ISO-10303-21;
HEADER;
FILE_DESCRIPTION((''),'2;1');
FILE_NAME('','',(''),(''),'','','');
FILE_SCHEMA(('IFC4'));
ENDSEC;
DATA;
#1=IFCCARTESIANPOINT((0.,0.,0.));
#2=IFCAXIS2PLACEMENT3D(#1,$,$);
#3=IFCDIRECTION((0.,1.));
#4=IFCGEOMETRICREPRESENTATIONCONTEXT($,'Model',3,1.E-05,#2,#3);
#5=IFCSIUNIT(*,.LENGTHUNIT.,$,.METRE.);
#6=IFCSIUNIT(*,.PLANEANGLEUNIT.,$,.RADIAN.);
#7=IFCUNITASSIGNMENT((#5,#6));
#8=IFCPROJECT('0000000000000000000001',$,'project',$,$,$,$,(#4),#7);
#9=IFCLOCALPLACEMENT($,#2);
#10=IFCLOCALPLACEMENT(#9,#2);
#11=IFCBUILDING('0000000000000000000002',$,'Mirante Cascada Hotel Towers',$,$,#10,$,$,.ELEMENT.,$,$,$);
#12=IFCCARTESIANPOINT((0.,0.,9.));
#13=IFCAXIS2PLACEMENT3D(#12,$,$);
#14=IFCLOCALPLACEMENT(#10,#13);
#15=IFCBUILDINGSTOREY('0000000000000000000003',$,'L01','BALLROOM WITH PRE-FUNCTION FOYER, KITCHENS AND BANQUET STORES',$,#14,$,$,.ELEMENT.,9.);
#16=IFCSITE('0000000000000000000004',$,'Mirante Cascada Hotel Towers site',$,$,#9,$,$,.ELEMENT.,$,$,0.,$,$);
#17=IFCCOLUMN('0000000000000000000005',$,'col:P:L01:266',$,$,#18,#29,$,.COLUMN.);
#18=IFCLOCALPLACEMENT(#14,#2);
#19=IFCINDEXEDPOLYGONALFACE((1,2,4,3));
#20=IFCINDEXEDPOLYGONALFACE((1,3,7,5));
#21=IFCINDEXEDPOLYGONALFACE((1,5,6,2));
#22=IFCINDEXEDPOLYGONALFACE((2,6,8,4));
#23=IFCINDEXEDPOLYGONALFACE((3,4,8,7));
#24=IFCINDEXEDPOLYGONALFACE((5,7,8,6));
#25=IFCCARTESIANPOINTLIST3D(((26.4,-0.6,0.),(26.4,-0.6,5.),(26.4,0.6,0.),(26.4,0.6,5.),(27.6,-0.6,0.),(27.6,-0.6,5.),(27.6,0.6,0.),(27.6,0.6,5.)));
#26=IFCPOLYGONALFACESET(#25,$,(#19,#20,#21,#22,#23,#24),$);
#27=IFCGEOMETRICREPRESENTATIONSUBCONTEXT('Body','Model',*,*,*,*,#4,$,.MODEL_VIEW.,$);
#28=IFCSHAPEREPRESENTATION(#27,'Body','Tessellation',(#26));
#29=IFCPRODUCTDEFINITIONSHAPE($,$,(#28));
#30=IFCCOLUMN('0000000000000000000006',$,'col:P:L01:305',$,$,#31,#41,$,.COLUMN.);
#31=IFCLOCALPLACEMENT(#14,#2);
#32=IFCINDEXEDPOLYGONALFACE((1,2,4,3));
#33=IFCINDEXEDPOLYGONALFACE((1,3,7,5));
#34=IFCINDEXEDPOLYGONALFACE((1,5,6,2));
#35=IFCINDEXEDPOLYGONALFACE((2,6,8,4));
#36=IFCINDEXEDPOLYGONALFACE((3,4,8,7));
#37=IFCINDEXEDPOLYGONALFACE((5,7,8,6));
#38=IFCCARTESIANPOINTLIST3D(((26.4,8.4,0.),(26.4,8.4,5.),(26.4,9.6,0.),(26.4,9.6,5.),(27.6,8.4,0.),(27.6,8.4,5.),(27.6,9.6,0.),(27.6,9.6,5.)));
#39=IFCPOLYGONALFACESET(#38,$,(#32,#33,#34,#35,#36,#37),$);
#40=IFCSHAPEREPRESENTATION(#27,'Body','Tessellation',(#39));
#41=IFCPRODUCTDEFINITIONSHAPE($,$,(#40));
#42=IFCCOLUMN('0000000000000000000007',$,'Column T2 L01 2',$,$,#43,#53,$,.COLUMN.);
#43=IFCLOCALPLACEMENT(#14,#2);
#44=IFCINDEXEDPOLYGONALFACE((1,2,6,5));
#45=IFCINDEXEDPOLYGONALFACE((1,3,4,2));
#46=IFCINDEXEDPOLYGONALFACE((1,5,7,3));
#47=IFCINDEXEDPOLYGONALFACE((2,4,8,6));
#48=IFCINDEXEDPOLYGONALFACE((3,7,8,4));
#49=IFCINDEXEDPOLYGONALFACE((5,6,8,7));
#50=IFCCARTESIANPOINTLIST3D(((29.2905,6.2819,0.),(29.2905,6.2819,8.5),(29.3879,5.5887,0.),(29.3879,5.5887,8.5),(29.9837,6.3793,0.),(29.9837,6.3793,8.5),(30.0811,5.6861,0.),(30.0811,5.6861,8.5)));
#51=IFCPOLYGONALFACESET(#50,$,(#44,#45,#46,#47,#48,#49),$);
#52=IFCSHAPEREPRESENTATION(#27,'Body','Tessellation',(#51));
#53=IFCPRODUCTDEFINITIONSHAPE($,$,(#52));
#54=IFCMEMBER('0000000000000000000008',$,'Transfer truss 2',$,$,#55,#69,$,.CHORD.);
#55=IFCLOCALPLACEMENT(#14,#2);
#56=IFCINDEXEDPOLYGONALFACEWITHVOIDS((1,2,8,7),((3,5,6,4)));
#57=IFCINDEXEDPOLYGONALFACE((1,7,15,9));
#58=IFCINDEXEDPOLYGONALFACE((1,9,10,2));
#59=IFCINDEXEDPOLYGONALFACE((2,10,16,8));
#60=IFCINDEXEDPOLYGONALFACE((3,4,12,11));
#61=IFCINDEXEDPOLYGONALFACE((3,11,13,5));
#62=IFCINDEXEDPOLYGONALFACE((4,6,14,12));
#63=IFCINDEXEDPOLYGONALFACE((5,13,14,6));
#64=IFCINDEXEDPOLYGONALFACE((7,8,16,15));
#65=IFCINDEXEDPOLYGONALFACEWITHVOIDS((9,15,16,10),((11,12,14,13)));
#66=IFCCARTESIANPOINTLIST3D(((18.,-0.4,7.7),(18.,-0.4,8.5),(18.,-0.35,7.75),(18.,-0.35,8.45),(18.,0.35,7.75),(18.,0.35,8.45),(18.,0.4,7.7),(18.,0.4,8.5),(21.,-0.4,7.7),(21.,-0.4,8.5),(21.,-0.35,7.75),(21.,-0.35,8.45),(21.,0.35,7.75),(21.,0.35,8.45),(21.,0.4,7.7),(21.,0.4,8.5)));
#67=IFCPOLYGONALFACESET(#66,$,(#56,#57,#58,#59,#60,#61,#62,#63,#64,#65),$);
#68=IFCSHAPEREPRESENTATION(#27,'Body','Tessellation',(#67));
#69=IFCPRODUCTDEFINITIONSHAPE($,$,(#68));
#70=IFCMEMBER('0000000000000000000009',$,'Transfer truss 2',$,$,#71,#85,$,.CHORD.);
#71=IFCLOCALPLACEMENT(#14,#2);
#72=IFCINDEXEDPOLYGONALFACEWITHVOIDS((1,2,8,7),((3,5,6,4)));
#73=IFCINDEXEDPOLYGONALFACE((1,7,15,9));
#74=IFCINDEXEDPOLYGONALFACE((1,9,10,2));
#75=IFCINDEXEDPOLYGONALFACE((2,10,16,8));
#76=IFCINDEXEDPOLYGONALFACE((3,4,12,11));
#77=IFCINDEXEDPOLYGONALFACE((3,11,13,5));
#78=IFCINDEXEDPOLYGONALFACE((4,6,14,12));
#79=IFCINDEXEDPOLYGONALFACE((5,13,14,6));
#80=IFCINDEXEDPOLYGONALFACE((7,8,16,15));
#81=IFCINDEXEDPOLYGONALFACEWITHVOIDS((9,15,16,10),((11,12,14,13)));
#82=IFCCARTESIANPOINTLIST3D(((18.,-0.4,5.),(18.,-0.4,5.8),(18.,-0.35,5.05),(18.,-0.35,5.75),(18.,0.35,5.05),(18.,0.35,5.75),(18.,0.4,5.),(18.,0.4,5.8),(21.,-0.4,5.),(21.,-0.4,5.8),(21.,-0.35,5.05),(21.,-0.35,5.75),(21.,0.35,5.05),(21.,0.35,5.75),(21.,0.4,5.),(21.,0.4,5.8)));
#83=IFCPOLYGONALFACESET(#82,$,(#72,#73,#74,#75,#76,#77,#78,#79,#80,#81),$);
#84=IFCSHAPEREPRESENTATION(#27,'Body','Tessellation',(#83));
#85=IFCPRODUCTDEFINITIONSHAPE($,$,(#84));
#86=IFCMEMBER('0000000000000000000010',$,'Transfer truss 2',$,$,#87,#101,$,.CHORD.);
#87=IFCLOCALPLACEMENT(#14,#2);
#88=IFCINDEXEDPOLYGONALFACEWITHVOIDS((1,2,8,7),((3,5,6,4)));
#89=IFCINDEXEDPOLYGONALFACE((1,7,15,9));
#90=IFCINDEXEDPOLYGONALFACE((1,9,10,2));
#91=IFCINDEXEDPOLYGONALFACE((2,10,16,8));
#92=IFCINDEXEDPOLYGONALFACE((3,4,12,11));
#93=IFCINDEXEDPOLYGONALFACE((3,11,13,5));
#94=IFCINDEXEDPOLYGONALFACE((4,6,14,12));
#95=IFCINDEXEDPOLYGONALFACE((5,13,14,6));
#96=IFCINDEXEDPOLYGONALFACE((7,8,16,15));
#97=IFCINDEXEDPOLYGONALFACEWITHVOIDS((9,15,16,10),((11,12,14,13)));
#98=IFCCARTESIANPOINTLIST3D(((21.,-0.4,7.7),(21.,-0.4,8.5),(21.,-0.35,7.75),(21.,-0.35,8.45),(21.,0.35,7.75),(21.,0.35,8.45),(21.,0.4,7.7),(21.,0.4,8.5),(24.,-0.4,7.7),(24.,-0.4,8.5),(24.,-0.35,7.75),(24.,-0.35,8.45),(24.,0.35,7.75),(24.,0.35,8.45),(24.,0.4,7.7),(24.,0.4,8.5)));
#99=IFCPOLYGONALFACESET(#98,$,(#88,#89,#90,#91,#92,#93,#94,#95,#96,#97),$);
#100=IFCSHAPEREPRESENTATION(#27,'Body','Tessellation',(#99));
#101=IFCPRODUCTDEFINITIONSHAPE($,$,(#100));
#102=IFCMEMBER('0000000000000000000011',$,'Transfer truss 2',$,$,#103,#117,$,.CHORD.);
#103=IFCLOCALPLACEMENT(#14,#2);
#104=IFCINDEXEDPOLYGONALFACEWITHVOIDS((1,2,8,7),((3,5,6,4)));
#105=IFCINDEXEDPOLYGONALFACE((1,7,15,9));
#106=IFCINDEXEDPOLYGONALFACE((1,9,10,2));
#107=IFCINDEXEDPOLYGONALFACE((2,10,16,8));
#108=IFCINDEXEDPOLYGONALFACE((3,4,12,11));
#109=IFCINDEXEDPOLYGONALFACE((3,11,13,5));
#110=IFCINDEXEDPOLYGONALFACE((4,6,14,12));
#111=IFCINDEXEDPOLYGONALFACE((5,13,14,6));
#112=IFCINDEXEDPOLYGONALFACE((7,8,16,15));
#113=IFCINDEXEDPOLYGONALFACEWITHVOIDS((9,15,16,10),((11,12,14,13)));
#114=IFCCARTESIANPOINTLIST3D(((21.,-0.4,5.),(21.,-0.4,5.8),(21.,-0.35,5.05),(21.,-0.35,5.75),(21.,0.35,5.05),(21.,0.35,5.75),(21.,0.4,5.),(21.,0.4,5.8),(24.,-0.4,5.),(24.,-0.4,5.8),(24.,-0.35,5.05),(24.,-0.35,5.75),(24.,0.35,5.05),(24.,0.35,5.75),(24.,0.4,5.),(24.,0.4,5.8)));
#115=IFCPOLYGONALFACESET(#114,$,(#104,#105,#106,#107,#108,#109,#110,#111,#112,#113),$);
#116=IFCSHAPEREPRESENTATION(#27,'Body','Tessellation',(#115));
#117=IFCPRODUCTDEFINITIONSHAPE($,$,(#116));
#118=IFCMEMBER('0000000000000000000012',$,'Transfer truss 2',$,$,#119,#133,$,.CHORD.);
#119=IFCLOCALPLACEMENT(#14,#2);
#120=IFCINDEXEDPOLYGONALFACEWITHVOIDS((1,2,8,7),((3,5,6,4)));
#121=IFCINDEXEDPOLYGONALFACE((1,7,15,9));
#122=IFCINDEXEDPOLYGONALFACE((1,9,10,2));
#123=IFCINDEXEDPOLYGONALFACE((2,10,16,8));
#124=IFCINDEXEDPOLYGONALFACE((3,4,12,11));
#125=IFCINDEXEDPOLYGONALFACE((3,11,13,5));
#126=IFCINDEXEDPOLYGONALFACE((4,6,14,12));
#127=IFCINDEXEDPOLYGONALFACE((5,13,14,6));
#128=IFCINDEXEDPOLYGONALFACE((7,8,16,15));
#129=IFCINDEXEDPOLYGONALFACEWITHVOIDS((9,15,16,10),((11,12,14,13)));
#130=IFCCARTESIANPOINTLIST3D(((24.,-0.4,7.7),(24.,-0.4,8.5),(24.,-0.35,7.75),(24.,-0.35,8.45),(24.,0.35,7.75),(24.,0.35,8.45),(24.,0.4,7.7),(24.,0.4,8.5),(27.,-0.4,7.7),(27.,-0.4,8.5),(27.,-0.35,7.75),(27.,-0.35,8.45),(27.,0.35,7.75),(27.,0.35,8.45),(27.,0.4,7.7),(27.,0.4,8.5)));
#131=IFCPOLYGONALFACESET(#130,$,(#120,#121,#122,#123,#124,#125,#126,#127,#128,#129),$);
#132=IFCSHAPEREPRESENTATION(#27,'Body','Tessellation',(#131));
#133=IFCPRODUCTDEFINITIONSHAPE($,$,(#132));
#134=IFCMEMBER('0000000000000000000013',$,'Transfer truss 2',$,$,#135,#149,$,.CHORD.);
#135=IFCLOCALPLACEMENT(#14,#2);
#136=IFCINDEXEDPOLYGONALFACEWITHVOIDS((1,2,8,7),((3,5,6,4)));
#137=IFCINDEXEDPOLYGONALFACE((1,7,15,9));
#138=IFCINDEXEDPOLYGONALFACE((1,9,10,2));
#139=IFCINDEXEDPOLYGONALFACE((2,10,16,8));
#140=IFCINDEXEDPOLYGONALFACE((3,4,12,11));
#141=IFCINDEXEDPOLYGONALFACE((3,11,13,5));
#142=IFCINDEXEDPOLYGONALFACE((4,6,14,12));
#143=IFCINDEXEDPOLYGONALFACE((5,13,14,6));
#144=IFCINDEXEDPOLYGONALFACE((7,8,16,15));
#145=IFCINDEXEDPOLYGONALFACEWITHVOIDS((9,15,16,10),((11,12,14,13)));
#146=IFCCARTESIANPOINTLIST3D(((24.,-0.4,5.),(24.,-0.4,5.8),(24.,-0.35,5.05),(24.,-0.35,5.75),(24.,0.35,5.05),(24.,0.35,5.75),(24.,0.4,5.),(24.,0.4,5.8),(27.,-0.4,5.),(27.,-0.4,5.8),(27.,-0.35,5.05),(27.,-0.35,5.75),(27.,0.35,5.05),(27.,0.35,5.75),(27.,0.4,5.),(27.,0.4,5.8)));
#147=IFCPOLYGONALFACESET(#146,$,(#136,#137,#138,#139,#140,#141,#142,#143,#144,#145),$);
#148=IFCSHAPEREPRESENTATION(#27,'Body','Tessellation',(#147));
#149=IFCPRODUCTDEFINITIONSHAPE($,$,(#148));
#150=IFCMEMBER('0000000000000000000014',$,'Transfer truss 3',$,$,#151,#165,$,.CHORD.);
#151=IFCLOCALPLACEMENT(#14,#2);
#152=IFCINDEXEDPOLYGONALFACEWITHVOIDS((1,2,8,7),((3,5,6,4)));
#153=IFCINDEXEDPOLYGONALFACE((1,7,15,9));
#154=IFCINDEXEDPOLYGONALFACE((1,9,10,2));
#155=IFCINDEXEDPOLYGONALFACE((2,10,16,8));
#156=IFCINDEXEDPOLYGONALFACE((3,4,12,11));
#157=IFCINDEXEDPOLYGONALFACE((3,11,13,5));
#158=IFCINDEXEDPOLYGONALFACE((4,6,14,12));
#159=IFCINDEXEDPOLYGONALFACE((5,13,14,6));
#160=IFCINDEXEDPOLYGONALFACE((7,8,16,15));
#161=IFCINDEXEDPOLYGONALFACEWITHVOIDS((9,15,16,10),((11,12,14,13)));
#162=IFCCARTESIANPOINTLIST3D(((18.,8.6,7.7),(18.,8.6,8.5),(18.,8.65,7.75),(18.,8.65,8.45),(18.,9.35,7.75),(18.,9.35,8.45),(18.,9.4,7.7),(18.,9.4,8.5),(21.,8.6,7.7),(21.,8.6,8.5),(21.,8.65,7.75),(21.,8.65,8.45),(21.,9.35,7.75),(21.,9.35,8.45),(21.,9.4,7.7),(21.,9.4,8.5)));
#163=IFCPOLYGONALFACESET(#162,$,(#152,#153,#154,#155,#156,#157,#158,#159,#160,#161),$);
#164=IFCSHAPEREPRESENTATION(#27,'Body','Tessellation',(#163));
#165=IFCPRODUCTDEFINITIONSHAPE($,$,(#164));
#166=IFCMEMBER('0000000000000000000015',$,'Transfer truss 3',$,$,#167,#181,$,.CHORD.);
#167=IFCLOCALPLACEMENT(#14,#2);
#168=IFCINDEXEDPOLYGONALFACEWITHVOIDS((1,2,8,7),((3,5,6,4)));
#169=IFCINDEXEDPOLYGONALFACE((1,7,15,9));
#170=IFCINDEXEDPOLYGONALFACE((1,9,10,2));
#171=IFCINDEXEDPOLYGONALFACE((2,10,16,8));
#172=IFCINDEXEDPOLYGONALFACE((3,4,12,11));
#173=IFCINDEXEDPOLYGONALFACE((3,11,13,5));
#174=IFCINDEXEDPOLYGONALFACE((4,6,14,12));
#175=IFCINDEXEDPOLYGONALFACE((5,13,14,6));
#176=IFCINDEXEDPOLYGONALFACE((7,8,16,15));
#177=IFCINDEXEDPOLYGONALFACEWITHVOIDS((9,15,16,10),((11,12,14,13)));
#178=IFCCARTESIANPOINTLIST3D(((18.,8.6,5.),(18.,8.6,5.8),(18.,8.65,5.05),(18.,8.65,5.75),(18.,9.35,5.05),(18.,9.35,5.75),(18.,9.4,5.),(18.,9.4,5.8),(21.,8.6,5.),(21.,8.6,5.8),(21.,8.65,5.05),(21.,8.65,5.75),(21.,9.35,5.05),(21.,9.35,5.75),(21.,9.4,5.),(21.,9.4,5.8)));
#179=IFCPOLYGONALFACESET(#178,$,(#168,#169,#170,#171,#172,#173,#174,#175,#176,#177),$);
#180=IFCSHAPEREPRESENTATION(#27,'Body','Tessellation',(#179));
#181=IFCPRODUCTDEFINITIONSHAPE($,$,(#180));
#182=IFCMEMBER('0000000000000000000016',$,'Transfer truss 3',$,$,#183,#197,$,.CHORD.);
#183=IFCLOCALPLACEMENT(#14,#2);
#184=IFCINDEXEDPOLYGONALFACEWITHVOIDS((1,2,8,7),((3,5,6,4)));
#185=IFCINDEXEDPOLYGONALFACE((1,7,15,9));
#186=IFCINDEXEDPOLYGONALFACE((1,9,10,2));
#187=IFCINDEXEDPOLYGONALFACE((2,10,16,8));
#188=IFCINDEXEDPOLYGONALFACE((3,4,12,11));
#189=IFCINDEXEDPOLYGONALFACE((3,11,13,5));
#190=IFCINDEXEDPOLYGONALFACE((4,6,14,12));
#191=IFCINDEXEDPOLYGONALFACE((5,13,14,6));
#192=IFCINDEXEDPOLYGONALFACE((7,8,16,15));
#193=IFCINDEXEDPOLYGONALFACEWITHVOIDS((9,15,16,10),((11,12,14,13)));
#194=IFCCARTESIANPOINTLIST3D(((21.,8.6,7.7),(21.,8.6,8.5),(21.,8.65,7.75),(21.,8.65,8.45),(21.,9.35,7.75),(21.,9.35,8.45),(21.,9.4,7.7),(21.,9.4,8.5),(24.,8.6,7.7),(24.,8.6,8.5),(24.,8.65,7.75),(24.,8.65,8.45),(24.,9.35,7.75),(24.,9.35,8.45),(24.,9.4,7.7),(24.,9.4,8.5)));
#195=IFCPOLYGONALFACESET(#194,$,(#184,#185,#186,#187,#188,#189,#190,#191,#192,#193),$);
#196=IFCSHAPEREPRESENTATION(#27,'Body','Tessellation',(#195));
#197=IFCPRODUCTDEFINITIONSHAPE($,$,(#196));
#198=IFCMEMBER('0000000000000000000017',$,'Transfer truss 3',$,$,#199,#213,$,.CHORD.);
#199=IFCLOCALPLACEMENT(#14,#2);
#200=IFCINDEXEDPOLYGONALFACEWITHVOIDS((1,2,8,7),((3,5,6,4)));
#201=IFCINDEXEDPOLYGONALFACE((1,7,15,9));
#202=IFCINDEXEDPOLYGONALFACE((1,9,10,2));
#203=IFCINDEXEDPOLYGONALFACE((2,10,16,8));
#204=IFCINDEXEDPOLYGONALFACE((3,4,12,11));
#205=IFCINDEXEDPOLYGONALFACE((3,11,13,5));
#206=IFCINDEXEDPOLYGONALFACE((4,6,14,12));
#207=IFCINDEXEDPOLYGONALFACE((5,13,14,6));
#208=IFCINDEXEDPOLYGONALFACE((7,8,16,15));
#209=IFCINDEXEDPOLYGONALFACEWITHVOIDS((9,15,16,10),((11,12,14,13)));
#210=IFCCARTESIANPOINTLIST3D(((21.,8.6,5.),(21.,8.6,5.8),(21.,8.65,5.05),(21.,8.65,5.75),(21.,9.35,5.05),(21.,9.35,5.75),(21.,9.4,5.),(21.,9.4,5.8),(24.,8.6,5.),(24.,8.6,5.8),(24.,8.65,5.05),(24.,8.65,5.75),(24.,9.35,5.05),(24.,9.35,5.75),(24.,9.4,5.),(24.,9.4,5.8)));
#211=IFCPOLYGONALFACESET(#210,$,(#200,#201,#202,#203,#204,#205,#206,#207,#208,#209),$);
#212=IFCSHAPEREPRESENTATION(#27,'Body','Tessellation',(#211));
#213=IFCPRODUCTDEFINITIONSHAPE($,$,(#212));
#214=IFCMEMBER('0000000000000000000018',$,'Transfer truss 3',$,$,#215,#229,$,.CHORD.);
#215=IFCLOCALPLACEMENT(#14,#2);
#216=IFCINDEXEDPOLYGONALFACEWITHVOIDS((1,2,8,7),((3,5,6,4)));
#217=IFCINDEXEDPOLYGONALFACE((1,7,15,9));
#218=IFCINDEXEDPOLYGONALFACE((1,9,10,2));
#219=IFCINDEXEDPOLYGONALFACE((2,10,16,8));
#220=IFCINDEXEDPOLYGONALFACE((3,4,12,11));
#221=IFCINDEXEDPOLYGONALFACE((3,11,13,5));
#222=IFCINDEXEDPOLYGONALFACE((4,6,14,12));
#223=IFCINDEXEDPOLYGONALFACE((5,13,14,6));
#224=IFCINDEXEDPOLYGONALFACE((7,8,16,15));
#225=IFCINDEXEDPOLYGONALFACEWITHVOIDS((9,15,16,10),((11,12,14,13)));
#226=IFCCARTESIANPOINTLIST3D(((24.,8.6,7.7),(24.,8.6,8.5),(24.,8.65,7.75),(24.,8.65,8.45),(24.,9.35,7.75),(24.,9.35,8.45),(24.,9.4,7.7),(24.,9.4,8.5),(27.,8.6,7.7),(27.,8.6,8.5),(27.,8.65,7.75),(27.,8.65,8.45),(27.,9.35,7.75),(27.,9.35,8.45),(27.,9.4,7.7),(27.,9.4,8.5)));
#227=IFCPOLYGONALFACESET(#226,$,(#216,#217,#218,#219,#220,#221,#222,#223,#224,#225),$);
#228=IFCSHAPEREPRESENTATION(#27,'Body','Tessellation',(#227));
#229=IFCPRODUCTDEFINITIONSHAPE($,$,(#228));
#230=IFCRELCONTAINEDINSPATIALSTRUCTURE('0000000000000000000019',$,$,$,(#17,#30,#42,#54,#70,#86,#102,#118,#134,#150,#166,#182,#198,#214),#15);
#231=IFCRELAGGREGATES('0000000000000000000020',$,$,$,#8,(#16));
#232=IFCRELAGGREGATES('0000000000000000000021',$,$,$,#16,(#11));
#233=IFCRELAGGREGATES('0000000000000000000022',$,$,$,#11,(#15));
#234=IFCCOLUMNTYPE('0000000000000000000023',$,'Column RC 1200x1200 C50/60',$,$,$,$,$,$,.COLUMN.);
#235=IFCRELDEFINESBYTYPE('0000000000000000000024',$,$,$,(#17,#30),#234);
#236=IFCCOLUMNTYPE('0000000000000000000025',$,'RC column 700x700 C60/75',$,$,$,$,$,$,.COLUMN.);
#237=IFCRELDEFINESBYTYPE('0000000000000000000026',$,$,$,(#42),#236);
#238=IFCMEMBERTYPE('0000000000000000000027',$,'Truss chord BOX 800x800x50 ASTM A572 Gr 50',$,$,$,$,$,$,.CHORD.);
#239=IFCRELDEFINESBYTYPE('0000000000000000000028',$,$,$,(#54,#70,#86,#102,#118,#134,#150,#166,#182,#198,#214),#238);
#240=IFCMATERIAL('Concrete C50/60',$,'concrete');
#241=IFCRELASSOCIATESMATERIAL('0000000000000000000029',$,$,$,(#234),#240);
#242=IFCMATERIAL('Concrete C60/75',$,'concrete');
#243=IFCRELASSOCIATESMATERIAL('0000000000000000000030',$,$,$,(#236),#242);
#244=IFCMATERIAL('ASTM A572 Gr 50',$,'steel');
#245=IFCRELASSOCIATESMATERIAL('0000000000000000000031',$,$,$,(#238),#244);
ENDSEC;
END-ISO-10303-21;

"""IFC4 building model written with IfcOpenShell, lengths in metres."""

from ifc_helpers import new_model, si_unit, direction, frame, origin, origin_2d, place, context, subcontext, project, spatial, rectangle, hollow_rectangle, extrude, material, material_profile, profile_set, type_object, element, save


model = new_model("IFC4")

# Units and contexts
model_context = context("Model", 3, precision=1e-05, world=origin(), true_north=direction((0.0, 1.0)))
body_context = subcontext(model_context, "Body", "Model", "MODEL_VIEW")
ifc_project = project(units=[si_unit("LENGTHUNIT", "METRE"), si_unit("PLANEANGLEUNIT", "RADIAN")], contexts=[model_context])

# Site, building, storey
site_placement = place(None, origin())
site = spatial("IfcSite", under=ifc_project, at=site_placement, Name="Mirante Cascada Hotel Towers site", CompositionType="ELEMENT", RefElevation=0.0)
building_placement = place(site_placement, origin())
building = spatial("IfcBuilding", under=site, at=building_placement, Name="Mirante Cascada Hotel Towers", CompositionType="ELEMENT")
storey_placement = place(building_placement, frame((0.0, 0.0, 9.0)))
storey = spatial("IfcBuildingStorey", under=building, at=storey_placement, Name="L01", Description="BALLROOM WITH PRE-FUNCTION FOYER, KITCHENS AND BANQUET STORES", CompositionType="ELEMENT", Elevation=9.0)

# Columns
ifc_material_1 = material(Name="Concrete C50/60", Category="concrete")
ifc_material_profile_1 = material_profile(ifc_material_1, rectangle(XDim=1.2, YDim=1.2, at=origin_2d()), Name="RC 1200x1200")
ifc_profile_set_1 = profile_set([ifc_material_profile_1], Name="Concrete C50/60")
column_type_1 = type_object("IfcColumnType", Name="Column RC 1200x1200 C50/60", PredefinedType="COLUMN", material=ifc_profile_set_1)
for number, where, z_axis, x_axis, name in (
    (1, (27.0, 0.0, 0.0), (0.0, 0.0, 1.0), (1.0, 0.0, 0.0), "col:P:L01:266"),
    (2, (27.0, 9.0, 0.0), (0.0, 0.0, 1.0), (1.0, 0.0, 0.0), "col:P:L01:305"),
):
    element("IfcColumn", number, at=place(storey_placement, frame(where, z_axis=z_axis, x_axis=x_axis)), inside=storey, type_object=column_type_1, Name=name, PredefinedType="COLUMN", context=body_context, shape_type="SweptSolid", body=[
        extrude(rectangle(XDim=1.2, YDim=1.2, at=origin_2d()), origin(), (0.0, 0.0, 1.0), 5.0),
    ])
ifc_material_2 = material(Name="Concrete C60/75", Category="concrete")
ifc_material_profile_2 = material_profile(ifc_material_2, rectangle(XDim=0.7, YDim=0.7, at=origin_2d()), Name="RC column 700x700 C60/75")
ifc_profile_set_2 = profile_set([ifc_material_profile_2], Name="Concrete C60/75")
column_type_2 = type_object("IfcColumnType", Name="RC column 700x700 C60/75", PredefinedType="COLUMN", material=ifc_profile_set_2)
column_placement = place(storey_placement, frame((29.6858, 5.984, 0.0), z_axis=(0.0, 0.0, 1.0), x_axis=(0.990268, 0.139173, 0.0)))
element("IfcColumn", 3, at=column_placement, inside=storey, type_object=column_type_2, Name="Column T2 L01 2", PredefinedType="COLUMN", context=body_context, shape_type="SweptSolid", body=[
    extrude(rectangle(XDim=0.7, YDim=0.7, at=origin_2d()), origin(), (0.0, 0.0, 1.0), 8.5),
])

# Members
ifc_material_3 = material(Name="ASTM A572 Gr 50", Category="steel")
ifc_material_profile_3 = material_profile(ifc_material_3, hollow_rectangle(XDim=0.8, YDim=0.8, WallThickness=0.05, at=origin_2d()), Name="BOX 800x800x50")
ifc_profile_set_3 = profile_set([ifc_material_profile_3], Name="ASTM A572 Gr 50")
member_type_1 = type_object("IfcMemberType", Name="Truss chord BOX 800x800x50 ASTM A572 Gr 50", PredefinedType="CHORD", material=ifc_profile_set_3)
for number, where, z_axis, x_axis, name in (
    (4, (18.0, 0.0, 8.1), (1.0, 0.0, 0.0), (0.0, 1.0, 0.0), "Transfer truss 2"),
    (5, (18.0, 0.0, 5.4), (1.0, 0.0, 0.0), (0.0, 1.0, 0.0), "Transfer truss 2"),
    (6, (21.0, 0.0, 8.1), (1.0, 0.0, 0.0), (0.0, 1.0, 0.0), "Transfer truss 2"),
    (7, (21.0, 0.0, 5.4), (1.0, 0.0, 0.0), (0.0, 1.0, 0.0), "Transfer truss 2"),
    (8, (24.0, 0.0, 8.1), (1.0, 0.0, 0.0), (0.0, 1.0, 0.0), "Transfer truss 2"),
    (9, (24.0, 0.0, 5.4), (1.0, 0.0, 0.0), (0.0, 1.0, 0.0), "Transfer truss 2"),
    (10, (18.0, 9.0, 8.1), (1.0, 0.0, 0.0), (0.0, 1.0, 0.0), "Transfer truss 3"),
    (11, (18.0, 9.0, 5.4), (1.0, 0.0, 0.0), (0.0, 1.0, 0.0), "Transfer truss 3"),
    (12, (21.0, 9.0, 8.1), (1.0, 0.0, 0.0), (0.0, 1.0, 0.0), "Transfer truss 3"),
    (13, (21.0, 9.0, 5.4), (1.0, 0.0, 0.0), (0.0, 1.0, 0.0), "Transfer truss 3"),
    (14, (24.0, 9.0, 8.1), (1.0, 0.0, 0.0), (0.0, 1.0, 0.0), "Transfer truss 3"),
):
    element("IfcMember", number, at=place(storey_placement, frame(where, z_axis=z_axis, x_axis=x_axis)), inside=storey, type_object=member_type_1, Name=name, PredefinedType="CHORD", context=body_context, shape_type="SweptSolid", body=[
        extrude(hollow_rectangle(XDim=0.8, YDim=0.8, WallThickness=0.05, at=origin_2d()), origin(), (0.0, 0.0, 1.0), 3.0),
    ])

save(model, "model.ifc")
